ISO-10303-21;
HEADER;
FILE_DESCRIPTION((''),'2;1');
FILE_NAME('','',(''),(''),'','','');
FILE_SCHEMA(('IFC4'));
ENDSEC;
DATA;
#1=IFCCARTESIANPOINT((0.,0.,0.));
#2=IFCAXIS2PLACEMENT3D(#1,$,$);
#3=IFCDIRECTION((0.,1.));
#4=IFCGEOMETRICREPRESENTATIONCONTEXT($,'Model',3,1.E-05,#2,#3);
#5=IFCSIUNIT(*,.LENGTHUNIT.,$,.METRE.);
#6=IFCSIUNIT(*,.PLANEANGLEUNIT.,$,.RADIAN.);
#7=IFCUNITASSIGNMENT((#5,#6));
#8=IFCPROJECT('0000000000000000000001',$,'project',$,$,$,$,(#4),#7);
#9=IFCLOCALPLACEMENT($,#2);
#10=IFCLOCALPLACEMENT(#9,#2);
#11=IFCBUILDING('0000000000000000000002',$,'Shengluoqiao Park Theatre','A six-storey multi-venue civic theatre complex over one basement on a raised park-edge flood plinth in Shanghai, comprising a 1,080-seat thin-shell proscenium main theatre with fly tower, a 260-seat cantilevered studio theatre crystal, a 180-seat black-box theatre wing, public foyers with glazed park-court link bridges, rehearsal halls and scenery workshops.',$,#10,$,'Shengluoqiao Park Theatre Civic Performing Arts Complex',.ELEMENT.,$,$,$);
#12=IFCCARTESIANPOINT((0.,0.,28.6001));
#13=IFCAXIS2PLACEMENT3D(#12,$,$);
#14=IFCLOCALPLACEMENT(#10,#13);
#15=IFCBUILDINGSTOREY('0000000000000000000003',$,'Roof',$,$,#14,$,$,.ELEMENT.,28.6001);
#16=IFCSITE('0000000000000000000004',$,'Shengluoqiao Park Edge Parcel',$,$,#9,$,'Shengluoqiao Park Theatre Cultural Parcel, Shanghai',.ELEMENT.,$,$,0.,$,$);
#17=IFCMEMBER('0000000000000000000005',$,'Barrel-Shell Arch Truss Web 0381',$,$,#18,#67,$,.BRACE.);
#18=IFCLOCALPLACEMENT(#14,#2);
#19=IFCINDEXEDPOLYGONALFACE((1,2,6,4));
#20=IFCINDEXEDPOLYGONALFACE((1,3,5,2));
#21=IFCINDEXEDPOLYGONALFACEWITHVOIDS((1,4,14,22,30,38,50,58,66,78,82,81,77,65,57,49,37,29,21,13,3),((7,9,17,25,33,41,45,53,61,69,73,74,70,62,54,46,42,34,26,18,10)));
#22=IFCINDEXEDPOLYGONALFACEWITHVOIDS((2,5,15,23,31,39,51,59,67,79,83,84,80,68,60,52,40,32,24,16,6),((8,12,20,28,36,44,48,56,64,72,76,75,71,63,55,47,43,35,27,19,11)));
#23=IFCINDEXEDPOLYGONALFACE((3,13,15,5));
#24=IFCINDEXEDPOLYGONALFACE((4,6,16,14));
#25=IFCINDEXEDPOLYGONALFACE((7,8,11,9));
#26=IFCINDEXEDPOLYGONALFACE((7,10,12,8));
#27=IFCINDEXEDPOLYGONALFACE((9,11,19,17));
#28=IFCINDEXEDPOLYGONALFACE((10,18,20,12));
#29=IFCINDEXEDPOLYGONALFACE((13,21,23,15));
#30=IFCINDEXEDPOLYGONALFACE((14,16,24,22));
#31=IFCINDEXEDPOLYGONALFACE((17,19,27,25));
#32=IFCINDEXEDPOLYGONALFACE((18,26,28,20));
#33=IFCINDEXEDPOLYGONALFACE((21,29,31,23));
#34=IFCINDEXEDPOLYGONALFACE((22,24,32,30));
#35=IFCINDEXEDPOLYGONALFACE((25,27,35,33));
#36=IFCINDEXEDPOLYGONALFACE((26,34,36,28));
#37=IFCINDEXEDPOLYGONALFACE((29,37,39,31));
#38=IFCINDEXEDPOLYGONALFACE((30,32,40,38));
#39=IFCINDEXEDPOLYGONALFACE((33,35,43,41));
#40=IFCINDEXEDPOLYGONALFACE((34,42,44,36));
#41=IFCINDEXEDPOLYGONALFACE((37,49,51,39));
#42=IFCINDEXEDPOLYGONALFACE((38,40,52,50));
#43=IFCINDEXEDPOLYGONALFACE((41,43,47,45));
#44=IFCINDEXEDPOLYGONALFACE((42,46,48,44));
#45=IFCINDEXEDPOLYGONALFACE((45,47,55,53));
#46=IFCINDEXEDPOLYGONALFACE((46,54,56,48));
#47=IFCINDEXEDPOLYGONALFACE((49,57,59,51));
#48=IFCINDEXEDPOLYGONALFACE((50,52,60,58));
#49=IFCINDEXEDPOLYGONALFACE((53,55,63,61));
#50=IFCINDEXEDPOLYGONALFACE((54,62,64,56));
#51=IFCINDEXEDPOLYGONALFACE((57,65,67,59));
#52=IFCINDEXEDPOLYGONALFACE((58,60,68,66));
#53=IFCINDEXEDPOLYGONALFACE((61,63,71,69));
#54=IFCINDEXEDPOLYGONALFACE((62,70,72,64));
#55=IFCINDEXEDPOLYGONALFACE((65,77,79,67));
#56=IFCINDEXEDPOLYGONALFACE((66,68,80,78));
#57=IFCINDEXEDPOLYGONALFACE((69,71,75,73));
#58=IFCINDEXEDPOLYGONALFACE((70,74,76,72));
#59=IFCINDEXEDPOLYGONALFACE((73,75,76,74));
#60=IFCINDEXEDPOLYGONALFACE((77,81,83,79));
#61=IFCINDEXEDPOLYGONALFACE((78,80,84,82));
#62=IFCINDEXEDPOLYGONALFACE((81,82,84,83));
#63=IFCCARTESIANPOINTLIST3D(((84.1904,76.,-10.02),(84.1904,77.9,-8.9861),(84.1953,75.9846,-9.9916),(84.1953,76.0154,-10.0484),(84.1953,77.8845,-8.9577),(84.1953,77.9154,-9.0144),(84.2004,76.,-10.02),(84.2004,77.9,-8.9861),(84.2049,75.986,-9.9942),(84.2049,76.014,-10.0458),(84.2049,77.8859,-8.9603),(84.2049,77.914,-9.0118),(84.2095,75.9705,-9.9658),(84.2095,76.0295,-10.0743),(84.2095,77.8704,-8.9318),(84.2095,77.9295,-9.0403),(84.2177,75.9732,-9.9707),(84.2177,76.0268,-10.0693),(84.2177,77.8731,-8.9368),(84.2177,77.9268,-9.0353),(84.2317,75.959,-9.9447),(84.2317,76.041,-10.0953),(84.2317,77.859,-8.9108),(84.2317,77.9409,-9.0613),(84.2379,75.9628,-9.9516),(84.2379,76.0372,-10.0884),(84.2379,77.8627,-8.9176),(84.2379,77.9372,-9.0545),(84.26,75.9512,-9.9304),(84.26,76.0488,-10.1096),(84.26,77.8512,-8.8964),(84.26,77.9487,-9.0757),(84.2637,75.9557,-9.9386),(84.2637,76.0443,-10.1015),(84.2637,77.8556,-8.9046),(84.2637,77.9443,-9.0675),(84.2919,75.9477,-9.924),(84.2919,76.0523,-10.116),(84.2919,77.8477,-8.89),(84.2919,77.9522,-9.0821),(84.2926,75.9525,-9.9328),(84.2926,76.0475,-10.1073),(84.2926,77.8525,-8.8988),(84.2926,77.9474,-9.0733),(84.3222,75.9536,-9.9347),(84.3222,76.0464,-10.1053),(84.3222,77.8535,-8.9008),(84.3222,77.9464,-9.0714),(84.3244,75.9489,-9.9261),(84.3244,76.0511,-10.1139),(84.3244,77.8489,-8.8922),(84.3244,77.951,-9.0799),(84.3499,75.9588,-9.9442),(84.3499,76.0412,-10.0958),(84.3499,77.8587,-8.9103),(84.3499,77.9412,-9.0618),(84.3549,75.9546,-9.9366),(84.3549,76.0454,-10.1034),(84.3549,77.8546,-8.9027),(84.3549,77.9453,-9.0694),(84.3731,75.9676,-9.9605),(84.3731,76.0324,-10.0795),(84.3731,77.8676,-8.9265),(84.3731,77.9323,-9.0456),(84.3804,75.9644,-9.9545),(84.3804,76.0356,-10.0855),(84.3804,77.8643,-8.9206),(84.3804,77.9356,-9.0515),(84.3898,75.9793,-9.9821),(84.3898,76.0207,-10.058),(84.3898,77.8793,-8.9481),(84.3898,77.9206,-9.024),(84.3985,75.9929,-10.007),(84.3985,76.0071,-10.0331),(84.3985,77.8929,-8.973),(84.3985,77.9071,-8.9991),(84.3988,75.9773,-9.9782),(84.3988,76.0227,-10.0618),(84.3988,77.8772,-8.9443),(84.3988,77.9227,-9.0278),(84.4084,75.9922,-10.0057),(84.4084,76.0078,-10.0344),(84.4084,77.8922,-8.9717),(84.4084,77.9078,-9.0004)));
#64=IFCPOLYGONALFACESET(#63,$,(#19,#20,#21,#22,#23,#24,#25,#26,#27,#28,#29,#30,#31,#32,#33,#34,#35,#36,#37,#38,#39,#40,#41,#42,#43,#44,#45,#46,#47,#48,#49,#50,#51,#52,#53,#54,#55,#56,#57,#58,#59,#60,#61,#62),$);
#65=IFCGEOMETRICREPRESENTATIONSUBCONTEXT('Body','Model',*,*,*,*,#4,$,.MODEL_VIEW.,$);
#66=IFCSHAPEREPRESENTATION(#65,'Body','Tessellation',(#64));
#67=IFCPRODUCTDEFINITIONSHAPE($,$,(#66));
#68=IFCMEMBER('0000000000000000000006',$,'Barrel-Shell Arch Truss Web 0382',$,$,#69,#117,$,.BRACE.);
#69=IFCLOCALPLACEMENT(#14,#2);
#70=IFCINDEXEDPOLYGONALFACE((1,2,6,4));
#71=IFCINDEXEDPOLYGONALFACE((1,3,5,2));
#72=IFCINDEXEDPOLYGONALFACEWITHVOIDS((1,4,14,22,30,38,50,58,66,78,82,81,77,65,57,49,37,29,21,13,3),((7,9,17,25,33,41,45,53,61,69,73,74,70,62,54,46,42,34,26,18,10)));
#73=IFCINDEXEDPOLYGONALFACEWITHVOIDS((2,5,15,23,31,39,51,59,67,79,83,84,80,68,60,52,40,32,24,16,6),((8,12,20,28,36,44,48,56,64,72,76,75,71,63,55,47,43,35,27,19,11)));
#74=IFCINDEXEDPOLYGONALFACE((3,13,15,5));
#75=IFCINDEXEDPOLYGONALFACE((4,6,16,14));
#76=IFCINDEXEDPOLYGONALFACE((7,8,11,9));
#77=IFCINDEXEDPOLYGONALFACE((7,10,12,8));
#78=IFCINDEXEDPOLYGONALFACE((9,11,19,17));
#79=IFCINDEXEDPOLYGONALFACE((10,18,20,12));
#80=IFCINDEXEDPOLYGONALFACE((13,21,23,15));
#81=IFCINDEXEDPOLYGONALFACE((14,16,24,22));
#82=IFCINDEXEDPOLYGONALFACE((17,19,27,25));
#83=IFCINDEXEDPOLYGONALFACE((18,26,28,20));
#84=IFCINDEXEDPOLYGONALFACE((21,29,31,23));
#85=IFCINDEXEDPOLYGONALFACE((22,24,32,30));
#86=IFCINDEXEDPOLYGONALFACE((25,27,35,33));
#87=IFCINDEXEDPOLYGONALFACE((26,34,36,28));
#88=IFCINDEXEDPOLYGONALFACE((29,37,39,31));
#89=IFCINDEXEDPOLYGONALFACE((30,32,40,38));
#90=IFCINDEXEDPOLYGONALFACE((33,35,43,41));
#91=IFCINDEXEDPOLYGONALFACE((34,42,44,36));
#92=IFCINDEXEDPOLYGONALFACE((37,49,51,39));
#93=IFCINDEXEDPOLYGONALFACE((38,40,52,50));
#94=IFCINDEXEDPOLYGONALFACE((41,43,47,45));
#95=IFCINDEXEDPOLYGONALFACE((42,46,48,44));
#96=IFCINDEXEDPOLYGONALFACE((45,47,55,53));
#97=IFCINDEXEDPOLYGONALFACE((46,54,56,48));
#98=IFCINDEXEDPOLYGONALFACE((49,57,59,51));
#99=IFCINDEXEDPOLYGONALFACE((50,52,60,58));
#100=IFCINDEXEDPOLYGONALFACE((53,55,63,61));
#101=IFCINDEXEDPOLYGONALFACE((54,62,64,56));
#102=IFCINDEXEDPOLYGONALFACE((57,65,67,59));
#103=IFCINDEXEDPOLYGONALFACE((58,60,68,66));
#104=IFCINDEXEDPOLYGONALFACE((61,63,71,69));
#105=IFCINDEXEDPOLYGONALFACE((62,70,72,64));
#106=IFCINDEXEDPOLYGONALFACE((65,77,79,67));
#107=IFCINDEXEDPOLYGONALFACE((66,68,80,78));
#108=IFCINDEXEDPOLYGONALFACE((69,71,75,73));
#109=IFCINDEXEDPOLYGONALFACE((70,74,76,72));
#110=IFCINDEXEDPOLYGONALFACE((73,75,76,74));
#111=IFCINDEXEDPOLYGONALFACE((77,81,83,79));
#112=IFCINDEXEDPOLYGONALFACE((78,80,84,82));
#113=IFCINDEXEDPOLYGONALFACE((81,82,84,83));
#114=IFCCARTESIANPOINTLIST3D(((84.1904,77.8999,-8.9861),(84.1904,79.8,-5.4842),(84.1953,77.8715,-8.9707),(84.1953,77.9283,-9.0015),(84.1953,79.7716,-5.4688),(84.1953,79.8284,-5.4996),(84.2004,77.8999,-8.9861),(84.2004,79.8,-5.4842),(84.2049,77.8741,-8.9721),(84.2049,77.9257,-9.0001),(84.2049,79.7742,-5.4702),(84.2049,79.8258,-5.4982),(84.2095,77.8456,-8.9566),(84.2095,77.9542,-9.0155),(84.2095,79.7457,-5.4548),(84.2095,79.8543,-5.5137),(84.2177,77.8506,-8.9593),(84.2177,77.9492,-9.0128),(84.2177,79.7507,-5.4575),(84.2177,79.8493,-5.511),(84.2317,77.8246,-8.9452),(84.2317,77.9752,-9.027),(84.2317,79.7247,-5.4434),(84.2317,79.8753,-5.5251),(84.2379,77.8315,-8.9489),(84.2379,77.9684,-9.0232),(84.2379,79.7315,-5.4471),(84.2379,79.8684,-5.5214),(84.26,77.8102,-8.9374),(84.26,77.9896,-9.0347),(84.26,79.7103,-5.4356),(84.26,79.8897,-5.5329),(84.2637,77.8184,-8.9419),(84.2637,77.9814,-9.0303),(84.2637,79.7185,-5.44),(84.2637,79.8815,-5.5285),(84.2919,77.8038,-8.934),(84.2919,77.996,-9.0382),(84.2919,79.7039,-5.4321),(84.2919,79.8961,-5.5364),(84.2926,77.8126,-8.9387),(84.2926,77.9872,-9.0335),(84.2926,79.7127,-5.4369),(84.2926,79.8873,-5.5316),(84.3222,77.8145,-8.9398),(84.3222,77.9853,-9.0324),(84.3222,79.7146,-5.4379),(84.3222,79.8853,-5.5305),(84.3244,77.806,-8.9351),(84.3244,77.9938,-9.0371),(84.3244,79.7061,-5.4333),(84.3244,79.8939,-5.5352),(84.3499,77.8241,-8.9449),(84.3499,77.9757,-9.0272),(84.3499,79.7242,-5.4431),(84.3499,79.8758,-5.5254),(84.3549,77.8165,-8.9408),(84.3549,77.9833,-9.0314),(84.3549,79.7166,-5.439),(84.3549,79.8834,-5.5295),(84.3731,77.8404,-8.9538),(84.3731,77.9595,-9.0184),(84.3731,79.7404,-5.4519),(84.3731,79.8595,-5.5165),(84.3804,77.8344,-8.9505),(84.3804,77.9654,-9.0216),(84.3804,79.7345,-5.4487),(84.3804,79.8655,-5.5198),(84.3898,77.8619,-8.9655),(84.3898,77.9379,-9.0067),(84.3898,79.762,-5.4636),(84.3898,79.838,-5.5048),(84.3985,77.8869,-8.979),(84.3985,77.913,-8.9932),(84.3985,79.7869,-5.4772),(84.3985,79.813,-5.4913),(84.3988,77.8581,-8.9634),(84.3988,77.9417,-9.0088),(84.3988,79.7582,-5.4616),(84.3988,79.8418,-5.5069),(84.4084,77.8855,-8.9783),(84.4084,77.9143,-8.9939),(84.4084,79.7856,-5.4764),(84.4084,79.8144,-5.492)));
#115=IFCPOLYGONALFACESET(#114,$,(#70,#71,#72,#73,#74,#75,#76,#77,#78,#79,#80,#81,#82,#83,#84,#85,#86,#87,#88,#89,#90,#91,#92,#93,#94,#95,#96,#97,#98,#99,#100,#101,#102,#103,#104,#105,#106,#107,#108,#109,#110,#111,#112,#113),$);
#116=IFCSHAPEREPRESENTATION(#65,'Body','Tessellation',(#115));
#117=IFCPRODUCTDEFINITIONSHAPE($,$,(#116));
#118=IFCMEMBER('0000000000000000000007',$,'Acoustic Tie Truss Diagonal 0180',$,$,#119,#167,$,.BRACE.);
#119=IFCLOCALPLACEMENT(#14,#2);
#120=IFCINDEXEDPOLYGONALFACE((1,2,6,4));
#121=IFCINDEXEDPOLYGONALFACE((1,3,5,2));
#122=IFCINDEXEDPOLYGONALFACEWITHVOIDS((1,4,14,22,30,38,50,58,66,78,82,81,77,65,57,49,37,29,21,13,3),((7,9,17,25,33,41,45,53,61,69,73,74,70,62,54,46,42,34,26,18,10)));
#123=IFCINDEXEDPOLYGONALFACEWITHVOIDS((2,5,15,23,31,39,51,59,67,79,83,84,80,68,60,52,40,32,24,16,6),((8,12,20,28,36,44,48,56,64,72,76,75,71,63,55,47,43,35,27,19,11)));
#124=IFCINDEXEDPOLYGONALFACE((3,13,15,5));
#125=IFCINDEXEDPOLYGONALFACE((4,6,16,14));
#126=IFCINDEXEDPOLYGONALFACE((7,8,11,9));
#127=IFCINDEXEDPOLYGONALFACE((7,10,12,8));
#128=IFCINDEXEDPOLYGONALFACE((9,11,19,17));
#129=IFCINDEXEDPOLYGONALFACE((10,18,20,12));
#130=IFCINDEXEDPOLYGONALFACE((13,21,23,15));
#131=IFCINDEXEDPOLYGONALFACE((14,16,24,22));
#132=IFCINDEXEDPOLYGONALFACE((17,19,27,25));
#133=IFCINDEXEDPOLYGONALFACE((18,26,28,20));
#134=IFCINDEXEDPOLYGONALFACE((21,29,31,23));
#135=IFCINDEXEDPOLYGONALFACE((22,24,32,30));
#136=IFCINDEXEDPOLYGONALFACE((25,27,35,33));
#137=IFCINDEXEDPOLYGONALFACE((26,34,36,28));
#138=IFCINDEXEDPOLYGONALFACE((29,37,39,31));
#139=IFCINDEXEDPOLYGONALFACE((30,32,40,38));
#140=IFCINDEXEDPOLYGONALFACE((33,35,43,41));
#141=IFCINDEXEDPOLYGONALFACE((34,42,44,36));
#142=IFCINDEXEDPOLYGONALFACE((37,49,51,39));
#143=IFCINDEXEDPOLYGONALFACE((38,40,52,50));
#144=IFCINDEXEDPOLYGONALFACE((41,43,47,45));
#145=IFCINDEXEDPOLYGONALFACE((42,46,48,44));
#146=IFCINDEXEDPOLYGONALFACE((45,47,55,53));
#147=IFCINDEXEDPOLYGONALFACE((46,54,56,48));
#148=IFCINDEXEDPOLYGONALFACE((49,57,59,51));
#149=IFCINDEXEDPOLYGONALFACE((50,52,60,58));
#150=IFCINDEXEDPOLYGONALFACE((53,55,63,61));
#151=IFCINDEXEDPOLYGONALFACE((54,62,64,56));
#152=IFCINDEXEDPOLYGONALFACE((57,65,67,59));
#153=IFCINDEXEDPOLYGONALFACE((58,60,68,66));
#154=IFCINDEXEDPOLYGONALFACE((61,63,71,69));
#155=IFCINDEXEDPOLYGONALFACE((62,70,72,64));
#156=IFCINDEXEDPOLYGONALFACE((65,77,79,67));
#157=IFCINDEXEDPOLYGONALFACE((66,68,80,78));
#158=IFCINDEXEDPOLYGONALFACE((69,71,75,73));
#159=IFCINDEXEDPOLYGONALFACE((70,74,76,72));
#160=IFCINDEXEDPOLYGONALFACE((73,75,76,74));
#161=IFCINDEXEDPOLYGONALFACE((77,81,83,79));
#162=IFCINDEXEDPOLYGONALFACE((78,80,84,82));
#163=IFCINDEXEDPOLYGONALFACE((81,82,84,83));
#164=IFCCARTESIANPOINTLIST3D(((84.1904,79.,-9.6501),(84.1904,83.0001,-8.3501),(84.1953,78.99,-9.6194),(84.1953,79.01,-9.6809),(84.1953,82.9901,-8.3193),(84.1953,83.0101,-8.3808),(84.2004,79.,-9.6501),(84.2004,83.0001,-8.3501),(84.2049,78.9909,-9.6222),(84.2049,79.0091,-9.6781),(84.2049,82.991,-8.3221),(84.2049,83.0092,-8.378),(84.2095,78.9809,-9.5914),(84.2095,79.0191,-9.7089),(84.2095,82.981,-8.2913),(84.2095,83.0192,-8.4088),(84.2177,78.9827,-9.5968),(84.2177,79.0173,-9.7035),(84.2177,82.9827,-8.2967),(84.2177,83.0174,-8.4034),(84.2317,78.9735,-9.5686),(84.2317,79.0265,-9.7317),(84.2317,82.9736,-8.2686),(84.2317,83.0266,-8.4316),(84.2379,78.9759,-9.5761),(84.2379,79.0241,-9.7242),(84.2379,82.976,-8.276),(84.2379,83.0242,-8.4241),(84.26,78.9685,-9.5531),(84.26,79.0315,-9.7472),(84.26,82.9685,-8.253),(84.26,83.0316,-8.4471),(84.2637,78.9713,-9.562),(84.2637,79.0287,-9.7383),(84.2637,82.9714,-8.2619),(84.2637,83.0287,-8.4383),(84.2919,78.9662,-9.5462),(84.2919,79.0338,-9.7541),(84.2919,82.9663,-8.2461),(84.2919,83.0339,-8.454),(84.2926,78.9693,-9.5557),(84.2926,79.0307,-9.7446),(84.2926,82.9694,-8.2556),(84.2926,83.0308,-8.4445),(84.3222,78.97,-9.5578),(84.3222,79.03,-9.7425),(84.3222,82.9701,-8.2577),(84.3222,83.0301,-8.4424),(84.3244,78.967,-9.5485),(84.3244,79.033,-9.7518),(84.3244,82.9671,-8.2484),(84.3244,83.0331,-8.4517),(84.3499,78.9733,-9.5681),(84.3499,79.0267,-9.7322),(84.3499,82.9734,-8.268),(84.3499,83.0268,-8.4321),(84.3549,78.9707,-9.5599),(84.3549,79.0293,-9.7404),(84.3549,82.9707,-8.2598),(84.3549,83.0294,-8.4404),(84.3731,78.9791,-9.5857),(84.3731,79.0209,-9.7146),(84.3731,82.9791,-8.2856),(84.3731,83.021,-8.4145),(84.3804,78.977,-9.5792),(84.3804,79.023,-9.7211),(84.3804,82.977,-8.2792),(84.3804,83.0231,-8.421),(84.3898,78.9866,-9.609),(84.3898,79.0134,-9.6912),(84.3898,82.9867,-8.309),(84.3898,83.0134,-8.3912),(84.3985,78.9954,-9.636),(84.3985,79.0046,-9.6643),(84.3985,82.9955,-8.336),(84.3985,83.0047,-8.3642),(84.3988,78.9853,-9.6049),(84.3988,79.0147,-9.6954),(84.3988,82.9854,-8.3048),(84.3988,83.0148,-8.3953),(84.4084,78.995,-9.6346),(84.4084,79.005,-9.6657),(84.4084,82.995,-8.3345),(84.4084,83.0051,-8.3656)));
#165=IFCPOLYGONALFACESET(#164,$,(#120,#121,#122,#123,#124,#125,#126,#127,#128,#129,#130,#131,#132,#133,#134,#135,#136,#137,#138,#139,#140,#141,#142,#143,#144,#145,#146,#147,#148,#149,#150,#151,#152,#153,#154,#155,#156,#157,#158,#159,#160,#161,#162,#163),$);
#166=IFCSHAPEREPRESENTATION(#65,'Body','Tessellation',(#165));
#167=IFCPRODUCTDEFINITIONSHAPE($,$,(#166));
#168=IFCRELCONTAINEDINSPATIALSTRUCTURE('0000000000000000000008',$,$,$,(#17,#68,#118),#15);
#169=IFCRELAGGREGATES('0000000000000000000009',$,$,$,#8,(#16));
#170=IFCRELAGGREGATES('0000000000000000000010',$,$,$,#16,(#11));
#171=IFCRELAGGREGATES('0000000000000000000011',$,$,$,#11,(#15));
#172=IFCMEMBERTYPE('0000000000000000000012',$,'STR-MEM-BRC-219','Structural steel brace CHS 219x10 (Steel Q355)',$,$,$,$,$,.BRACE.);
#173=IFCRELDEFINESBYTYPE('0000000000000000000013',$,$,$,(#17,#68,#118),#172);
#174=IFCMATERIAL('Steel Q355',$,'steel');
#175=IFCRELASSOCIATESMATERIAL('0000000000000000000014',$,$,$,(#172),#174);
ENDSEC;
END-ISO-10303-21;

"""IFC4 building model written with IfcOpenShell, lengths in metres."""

from ifc_helpers import new_model, si_unit, direction, frame, origin, origin_2d, place, context, subcontext, project, spatial, hollow_circle, extrude, material, material_profile, profile_set, type_object, element, save


model = new_model("IFC4")

# Units and contexts
model_context = context("Model", 3, precision=1e-05, world=origin(), true_north=direction((0.0, 1.0)))
body_context = subcontext(model_context, "Body", "Model", "MODEL_VIEW")
ifc_project = project(units=[si_unit("LENGTHUNIT", "METRE"), si_unit("PLANEANGLEUNIT", "RADIAN")], contexts=[model_context])

# Site, building, storey
site_placement = place(None, origin())
site = spatial("IfcSite", under=ifc_project, at=site_placement, Name="Shengluoqiao Park Edge Parcel", LongName="Shengluoqiao Park Theatre Cultural Parcel, Shanghai", CompositionType="ELEMENT", RefElevation=0.0)
building_placement = place(site_placement, origin())
building = spatial("IfcBuilding", under=site, at=building_placement, Name="Shengluoqiao Park Theatre", Description="A six-storey multi-venue civic theatre complex over one basement on a raised park-edge flood plinth in Shanghai, comprising a 1,080-seat thin-shell proscenium main theatre with fly tower, a 260-seat cantilevered studio theatre crystal, a 180-seat black-box theatre wing, public foyers with glazed park-court link bridges, rehearsal halls and scenery workshops.", LongName="Shengluoqiao Park Theatre Civic Performing Arts Complex", CompositionType="ELEMENT")
storey_placement = place(building_placement, frame((0.0, 0.0, 28.6001)))
storey = spatial("IfcBuildingStorey", under=building, at=storey_placement, Name="Roof", CompositionType="ELEMENT", Elevation=28.6001)

# Shared definitions
ifc_material_1 = material(Name="Steel Q355", Category="steel")

# Members
ifc_material_profile_1 = material_profile(ifc_material_1, hollow_circle(Radius=0.1096, WallThickness=0.01, at=origin_2d()), Name="CHS 219x10")
ifc_profile_set_1 = profile_set([ifc_material_profile_1], Name="Steel Q355")
member_type_1 = type_object("IfcMemberType", Name="STR-MEM-BRC-219", Description="Structural steel brace CHS 219x10 (Steel Q355)", PredefinedType="BRACE", material=ifc_profile_set_1)
member_1_placement = place(storey_placement, frame((84.3, 76.0, -10.02), z_axis=(0.0, 0.878357, 0.478006), x_axis=(-1.0, 0.0, 0.0)))
element("IfcMember", 1, at=member_1_placement, inside=storey, type_object=member_type_1, Name="Barrel-Shell Arch Truss Web 0381", PredefinedType="BRACE", context=body_context, shape_type="SweptSolid", body=[
    extrude(hollow_circle(Radius=0.1096, WallThickness=0.01, at=origin_2d()), origin(), (0.0, 0.0, 1.0), 2.1631),
])
member_2_placement = place(storey_placement, frame((84.3, 77.8999, -8.9861), z_axis=(0.0, 0.476915, 0.87895), x_axis=(-1.0, 0.0, 0.0)))
element("IfcMember", 2, at=member_2_placement, inside=storey, type_object=member_type_1, Name="Barrel-Shell Arch Truss Web 0382", PredefinedType="BRACE", context=body_context, shape_type="SweptSolid", body=[
    extrude(hollow_circle(Radius=0.1096, WallThickness=0.01, at=origin_2d()), origin(), (0.0, 0.0, 1.0), 3.9841),
])
for number, where, z_axis, x_axis, name in (
    (3, (84.3, 79.0, -9.6501), (0.0, 0.951031, 0.309097), (-1.0, 0.0, 0.0), "Acoustic Tie Truss Diagonal 0180"),
):
    element("IfcMember", number, at=place(storey_placement, frame(where, z_axis=z_axis, x_axis=x_axis)), inside=storey, type_object=member_type_1, Name=name, PredefinedType="BRACE", context=body_context, shape_type="SweptSolid", body=[
        extrude(hollow_circle(Radius=0.1096, WallThickness=0.01, at=origin_2d()), origin(), (0.0, 0.0, 1.0), 4.2061),
    ])

save(model, "model.ifc")
